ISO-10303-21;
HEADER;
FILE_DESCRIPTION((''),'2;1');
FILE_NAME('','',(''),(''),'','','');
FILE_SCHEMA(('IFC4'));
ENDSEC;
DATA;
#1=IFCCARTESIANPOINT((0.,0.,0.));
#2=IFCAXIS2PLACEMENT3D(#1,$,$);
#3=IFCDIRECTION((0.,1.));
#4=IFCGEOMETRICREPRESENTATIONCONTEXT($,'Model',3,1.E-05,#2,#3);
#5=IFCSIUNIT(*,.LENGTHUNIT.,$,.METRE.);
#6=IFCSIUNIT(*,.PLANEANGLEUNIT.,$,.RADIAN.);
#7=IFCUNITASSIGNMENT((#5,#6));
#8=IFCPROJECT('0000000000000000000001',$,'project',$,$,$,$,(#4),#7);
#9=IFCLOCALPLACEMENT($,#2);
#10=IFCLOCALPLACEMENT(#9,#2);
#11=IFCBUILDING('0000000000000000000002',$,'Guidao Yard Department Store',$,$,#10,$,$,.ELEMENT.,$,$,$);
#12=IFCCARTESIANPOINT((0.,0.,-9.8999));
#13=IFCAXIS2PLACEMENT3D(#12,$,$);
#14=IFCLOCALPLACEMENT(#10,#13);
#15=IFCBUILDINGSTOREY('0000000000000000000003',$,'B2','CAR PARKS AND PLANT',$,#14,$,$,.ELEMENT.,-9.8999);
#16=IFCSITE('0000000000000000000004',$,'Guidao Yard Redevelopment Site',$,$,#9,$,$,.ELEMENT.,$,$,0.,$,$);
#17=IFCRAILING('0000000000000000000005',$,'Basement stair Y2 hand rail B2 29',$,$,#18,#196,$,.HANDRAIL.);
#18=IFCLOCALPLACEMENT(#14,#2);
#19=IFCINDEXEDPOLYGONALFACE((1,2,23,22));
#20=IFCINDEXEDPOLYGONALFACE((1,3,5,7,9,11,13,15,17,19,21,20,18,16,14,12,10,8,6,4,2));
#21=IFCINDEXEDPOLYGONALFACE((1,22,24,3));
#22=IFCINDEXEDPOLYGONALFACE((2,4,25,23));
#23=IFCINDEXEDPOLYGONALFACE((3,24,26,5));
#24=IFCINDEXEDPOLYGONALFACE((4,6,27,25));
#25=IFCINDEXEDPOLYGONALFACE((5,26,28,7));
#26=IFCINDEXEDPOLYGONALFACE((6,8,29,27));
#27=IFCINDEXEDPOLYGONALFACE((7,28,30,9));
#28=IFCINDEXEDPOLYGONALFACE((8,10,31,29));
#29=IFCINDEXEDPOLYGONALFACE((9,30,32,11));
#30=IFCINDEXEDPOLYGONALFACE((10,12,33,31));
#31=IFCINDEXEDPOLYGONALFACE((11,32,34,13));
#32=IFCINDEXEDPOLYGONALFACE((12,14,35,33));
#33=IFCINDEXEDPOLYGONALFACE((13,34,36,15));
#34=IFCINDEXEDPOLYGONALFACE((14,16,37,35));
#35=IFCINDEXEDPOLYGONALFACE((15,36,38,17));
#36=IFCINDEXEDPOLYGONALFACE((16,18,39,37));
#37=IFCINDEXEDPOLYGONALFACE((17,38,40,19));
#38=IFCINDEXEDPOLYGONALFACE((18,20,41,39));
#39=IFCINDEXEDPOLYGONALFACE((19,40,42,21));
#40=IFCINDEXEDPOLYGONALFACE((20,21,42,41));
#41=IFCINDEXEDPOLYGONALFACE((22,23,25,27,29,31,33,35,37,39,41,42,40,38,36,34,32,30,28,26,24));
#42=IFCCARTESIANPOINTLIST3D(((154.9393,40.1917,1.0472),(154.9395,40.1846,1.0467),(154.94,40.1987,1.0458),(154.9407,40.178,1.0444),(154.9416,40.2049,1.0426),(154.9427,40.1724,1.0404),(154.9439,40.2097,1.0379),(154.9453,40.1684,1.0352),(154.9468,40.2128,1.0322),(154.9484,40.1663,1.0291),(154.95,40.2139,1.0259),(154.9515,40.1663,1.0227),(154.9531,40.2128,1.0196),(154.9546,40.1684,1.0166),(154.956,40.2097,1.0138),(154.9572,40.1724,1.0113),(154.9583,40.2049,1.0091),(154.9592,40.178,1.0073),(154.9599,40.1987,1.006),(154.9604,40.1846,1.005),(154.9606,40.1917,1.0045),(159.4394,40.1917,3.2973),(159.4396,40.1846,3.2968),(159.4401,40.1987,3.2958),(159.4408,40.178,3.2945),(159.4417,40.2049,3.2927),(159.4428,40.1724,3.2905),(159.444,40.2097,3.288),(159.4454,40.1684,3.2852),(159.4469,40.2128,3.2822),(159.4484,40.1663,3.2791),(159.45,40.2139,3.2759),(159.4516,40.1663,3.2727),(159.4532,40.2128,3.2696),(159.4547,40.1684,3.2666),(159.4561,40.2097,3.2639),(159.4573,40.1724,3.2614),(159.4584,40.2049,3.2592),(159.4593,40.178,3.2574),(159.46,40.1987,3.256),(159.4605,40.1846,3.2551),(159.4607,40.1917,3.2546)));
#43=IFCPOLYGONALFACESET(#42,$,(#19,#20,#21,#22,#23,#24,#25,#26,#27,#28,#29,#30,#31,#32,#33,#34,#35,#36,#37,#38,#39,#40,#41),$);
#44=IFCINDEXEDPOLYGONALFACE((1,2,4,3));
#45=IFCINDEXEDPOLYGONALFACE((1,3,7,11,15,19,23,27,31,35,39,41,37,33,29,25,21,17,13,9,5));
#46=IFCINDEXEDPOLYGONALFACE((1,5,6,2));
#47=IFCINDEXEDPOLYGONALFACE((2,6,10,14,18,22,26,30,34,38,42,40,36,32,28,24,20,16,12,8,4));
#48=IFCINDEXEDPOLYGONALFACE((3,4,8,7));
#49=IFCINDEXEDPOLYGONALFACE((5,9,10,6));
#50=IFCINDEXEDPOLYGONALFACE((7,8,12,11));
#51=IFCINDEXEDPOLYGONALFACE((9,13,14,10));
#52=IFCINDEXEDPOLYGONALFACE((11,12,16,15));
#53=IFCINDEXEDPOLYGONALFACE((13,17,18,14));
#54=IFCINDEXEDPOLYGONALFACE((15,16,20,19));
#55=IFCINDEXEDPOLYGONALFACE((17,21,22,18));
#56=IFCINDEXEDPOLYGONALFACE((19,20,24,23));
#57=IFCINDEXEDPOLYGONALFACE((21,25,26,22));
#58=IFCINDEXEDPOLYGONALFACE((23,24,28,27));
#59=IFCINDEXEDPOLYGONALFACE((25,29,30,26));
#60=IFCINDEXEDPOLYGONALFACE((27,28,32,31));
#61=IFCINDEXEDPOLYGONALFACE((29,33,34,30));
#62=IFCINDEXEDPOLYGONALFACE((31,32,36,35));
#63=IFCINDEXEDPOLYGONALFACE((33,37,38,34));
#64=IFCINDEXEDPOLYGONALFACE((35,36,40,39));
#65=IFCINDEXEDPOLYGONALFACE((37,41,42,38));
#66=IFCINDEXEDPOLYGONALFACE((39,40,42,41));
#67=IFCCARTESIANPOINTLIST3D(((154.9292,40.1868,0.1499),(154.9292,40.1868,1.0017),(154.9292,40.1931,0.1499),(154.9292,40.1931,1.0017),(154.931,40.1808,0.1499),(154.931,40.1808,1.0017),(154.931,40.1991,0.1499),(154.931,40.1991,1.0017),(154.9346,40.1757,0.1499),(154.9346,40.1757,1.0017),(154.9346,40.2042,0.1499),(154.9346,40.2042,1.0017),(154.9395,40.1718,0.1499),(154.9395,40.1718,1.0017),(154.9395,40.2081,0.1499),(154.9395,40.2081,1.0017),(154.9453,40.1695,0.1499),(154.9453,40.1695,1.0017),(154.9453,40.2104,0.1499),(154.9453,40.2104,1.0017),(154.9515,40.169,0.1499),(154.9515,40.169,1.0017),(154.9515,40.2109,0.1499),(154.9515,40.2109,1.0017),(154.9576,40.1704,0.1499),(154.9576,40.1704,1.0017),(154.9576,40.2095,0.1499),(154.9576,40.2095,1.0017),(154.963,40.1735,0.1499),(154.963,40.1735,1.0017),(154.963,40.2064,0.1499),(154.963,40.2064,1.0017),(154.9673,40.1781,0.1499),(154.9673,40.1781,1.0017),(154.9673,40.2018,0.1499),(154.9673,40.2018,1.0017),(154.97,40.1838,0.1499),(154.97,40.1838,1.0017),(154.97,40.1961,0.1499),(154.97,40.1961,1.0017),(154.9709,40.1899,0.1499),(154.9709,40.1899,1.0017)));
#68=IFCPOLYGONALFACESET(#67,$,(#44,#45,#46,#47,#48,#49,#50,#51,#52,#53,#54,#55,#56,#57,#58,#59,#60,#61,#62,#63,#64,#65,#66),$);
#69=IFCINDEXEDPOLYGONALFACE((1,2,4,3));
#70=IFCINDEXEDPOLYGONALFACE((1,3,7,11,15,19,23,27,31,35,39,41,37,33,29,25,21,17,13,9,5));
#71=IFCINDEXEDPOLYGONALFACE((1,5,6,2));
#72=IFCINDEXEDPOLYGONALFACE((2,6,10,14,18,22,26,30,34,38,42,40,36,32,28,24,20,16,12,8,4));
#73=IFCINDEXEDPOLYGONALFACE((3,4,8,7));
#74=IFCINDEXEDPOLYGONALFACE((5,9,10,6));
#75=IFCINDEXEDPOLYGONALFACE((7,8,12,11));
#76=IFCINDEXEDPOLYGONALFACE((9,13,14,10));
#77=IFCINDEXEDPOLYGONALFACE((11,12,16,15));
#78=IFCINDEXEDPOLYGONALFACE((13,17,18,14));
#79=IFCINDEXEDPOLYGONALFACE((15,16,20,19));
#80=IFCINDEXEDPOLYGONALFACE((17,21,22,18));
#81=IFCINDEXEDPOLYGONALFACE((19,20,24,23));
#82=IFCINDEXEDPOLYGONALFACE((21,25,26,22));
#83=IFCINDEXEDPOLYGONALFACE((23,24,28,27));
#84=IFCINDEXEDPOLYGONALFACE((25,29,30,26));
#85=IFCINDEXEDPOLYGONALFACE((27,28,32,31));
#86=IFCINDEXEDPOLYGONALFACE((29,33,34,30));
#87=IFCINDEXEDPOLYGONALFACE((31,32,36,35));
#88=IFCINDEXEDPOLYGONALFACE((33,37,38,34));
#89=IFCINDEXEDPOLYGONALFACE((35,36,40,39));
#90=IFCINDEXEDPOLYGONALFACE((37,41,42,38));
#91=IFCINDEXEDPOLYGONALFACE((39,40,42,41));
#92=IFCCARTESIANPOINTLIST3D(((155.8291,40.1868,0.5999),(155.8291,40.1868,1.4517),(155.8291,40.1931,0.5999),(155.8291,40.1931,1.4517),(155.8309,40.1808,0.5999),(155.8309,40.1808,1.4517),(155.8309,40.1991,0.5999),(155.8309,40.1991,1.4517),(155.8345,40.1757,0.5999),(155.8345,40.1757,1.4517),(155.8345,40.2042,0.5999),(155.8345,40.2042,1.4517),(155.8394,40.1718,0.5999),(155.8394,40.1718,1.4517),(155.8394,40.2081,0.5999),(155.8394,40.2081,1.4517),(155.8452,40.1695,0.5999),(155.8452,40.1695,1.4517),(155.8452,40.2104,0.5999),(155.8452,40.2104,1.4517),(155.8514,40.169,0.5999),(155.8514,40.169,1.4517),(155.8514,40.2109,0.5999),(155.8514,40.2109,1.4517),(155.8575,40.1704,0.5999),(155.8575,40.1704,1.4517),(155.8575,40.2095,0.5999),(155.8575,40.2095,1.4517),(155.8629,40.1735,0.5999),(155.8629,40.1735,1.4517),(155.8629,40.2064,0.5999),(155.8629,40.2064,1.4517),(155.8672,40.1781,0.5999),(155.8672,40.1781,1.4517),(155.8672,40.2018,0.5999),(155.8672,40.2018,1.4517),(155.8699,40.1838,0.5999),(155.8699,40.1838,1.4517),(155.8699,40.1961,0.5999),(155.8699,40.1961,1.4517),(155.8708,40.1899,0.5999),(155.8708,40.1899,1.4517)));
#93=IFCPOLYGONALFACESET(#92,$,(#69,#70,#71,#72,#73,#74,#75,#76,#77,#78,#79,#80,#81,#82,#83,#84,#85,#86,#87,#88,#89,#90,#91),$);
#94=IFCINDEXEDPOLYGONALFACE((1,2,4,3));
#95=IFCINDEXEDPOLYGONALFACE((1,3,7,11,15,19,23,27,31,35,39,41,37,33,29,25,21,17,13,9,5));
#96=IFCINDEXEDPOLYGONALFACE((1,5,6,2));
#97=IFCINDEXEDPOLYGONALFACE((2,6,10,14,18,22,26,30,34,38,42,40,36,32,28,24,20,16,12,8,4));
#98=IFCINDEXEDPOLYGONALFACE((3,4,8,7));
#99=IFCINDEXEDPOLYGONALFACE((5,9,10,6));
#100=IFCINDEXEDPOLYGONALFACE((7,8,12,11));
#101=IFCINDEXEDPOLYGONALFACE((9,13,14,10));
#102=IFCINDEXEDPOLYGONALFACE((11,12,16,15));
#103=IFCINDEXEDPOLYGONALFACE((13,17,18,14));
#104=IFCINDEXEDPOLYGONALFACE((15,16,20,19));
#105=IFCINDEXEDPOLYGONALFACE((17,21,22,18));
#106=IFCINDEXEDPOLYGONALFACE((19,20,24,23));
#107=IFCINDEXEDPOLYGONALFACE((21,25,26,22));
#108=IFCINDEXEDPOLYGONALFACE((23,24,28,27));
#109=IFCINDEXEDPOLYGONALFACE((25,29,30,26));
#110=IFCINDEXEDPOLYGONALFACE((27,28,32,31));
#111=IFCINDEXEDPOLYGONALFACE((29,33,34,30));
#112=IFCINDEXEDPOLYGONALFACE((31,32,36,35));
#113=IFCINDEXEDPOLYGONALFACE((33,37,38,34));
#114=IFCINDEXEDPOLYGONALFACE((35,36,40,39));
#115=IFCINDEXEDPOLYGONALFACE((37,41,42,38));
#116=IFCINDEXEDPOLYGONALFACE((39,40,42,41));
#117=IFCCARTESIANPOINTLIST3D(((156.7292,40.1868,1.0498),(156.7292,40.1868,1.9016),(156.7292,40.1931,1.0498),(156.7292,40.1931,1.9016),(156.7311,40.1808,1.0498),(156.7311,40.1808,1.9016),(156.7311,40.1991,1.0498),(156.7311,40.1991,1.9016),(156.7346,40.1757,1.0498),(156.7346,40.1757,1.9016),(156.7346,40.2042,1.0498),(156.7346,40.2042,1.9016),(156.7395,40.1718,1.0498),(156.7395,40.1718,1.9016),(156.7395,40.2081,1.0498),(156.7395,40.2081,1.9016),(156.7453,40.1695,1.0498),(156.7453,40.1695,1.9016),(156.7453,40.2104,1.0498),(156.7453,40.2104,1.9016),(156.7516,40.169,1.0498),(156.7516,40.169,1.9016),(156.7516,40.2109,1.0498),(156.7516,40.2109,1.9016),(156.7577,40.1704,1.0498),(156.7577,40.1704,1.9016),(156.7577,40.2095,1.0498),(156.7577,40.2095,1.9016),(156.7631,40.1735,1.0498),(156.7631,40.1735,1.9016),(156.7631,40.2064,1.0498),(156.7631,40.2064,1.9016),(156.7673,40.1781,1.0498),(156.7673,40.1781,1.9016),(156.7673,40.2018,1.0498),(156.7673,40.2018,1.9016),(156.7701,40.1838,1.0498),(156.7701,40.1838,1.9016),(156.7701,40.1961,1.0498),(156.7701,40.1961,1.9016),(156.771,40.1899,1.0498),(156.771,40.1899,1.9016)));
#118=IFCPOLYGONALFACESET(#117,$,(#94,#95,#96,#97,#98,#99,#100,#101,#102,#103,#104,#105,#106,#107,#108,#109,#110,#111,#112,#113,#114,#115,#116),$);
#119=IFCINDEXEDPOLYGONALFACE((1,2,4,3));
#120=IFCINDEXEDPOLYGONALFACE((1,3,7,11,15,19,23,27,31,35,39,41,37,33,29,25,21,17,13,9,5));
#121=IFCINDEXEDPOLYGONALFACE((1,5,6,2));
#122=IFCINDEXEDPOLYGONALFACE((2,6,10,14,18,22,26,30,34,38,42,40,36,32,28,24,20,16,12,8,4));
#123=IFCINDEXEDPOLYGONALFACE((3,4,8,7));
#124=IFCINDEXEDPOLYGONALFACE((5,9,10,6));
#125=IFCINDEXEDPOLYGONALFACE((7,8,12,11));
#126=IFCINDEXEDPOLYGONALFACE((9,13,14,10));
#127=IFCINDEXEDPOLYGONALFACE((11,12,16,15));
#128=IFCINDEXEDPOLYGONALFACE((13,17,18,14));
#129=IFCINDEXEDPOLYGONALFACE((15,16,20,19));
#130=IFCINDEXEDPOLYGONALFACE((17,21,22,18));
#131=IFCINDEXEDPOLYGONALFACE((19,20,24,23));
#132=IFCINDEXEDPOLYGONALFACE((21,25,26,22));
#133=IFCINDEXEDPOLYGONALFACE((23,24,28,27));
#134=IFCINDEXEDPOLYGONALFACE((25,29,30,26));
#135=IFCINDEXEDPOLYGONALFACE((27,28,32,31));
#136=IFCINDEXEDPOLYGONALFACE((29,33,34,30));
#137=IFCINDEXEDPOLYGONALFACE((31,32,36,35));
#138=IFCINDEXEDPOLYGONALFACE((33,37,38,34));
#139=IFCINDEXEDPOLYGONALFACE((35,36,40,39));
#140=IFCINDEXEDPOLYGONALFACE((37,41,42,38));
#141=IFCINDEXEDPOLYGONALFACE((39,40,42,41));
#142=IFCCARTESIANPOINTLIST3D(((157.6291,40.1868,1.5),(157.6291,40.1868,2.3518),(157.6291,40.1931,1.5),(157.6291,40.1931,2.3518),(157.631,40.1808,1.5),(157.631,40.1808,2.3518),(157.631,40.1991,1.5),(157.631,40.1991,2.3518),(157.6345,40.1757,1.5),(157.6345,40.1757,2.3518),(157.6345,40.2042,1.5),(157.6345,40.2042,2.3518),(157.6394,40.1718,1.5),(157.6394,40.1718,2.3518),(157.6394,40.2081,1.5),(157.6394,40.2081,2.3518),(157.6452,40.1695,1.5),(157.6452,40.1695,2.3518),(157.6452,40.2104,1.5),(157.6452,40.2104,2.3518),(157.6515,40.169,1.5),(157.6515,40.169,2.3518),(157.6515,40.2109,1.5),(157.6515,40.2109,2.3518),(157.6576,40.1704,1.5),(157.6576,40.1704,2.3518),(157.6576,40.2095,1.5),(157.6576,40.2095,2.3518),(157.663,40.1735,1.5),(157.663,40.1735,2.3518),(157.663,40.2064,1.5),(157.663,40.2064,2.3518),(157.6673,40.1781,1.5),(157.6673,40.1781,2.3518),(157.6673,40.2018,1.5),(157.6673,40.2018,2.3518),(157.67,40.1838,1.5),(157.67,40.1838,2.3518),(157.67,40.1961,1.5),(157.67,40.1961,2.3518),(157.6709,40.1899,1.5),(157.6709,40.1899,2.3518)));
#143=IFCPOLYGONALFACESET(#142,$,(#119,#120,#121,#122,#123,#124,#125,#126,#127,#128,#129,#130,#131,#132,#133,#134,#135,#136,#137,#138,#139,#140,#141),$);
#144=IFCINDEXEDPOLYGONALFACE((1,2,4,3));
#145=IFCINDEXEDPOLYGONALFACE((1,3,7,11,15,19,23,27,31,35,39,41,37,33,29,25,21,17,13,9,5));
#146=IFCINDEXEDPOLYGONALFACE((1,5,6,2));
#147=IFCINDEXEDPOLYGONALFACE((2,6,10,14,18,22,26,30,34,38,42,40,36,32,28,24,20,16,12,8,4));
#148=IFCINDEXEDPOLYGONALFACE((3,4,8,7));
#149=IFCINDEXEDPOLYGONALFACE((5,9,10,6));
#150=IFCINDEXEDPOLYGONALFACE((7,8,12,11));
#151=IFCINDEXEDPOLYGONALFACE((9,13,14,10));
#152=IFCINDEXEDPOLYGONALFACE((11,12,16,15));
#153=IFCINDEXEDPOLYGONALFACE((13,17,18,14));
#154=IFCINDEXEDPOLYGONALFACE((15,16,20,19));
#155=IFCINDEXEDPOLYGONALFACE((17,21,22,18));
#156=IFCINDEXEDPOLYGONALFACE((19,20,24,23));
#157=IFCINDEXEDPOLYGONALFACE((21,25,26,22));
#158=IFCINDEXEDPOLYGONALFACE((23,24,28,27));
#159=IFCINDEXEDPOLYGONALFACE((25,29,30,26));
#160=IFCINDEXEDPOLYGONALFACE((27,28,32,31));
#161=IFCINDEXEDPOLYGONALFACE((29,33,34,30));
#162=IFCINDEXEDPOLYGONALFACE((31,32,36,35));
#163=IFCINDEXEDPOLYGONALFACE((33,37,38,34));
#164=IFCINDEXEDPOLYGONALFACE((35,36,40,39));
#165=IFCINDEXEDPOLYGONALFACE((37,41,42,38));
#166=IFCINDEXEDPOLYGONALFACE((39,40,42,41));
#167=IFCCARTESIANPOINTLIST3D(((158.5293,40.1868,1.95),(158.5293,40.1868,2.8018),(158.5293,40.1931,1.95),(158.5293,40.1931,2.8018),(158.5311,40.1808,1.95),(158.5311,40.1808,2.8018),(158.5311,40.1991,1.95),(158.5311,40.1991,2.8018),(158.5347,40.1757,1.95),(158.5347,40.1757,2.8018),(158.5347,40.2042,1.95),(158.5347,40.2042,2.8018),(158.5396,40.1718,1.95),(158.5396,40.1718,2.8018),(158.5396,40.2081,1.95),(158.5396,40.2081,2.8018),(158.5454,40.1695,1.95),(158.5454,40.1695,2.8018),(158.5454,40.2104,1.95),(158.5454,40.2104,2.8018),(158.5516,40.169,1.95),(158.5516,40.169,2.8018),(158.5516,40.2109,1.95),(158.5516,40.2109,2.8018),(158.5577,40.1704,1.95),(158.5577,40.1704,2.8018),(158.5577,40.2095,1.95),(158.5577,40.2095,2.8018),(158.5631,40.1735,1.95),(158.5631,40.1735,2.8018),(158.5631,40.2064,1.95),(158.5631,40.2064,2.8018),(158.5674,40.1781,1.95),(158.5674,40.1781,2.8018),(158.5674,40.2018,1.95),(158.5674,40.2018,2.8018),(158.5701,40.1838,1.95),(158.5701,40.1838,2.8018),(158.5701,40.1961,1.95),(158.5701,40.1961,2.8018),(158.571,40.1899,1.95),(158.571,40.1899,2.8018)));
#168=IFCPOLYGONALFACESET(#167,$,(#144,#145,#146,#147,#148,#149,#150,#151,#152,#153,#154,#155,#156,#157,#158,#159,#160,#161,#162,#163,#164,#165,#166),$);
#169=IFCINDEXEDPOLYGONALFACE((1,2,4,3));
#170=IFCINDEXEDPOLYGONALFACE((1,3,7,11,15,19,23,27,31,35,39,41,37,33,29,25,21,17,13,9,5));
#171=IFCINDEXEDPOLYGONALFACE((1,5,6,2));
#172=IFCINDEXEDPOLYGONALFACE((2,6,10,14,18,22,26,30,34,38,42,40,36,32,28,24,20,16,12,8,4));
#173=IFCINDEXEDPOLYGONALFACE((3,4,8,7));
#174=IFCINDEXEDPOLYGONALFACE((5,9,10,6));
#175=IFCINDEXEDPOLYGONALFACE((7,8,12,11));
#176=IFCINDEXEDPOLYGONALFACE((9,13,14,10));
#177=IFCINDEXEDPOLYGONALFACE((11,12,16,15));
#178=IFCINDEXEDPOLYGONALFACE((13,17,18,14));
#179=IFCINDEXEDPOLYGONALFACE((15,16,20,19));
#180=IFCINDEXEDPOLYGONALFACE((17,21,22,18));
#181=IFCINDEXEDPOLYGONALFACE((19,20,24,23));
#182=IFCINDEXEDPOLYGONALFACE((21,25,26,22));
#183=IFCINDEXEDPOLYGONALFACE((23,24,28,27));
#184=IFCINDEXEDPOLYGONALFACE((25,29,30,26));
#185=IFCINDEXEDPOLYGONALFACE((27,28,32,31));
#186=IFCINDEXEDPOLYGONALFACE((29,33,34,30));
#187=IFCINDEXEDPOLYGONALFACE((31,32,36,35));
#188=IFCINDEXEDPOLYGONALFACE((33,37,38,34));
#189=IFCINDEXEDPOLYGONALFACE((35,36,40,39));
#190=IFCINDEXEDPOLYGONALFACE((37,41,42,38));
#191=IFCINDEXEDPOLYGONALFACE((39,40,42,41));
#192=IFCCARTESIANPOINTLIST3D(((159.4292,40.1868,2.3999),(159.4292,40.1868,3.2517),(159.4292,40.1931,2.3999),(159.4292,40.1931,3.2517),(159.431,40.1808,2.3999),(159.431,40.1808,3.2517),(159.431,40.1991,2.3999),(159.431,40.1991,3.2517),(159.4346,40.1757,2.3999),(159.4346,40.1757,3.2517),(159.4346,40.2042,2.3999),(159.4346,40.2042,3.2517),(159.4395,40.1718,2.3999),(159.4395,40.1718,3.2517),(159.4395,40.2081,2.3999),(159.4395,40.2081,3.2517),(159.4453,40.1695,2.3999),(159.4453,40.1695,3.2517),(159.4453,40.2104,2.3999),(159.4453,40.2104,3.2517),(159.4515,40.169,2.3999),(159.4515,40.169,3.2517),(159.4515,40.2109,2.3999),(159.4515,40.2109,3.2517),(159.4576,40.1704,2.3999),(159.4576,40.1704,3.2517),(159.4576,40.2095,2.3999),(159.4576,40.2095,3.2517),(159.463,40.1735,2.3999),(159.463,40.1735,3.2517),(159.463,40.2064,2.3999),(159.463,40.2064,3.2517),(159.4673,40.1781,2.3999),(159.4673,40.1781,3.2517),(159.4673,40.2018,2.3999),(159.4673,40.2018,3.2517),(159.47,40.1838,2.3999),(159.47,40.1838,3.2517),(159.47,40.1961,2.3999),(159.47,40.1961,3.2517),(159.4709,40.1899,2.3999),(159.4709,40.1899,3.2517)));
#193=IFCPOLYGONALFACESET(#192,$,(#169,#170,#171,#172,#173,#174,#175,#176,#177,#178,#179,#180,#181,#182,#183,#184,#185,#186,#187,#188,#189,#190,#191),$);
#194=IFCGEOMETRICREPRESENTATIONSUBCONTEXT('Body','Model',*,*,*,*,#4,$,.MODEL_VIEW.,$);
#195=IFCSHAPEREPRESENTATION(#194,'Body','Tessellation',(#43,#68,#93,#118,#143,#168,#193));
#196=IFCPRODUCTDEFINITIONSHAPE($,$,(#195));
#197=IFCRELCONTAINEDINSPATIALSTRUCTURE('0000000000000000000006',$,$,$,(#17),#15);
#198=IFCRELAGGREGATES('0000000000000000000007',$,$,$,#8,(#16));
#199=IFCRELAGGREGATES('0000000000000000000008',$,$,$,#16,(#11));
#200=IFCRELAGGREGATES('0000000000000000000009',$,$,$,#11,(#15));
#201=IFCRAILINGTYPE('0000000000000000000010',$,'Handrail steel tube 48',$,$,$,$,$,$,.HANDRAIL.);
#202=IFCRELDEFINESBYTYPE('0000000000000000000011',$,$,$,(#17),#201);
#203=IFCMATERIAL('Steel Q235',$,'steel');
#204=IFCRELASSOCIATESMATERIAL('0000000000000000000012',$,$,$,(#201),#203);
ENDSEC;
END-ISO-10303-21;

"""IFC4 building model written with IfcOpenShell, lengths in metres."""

from ifc_helpers import new_model, si_unit, direction, frame, origin, origin_2d, place, context, subcontext, project, spatial, circle, extrude, material, type_object, element, save


model = new_model("IFC4")

# Units and contexts
model_context = context("Model", 3, precision=1e-05, world=origin(), true_north=direction((0.0, 1.0)))
body_context = subcontext(model_context, "Body", "Model", "MODEL_VIEW")
ifc_project = project(units=[si_unit("LENGTHUNIT", "METRE"), si_unit("PLANEANGLEUNIT", "RADIAN")], contexts=[model_context])

# Site, building, storey
site_placement = place(None, origin())
site = spatial("IfcSite", under=ifc_project, at=site_placement, Name="Guidao Yard Redevelopment Site", CompositionType="ELEMENT", RefElevation=0.0)
building_placement = place(site_placement, origin())
building = spatial("IfcBuilding", under=site, at=building_placement, Name="Guidao Yard Department Store", CompositionType="ELEMENT")
storey_placement = place(building_placement, frame((0.0, 0.0, -9.8999)))
storey = spatial("IfcBuildingStorey", under=building, at=storey_placement, Name="B2", Description="CAR PARKS AND PLANT", CompositionType="ELEMENT", Elevation=-9.8999)

# Railing
ifc_material_1 = material(Name="Steel Q235", Category="steel")
railing_type_1 = type_object("IfcRailingType", Name="Handrail steel tube 48", PredefinedType="HANDRAIL", material=ifc_material_1)
for number, where, name in (
    (1, (154.95, 40.1899, 0.1499), "Basement stair Y2 hand rail B2 29"),
):
    element("IfcRailing", number, at=place(storey_placement, frame(where)), inside=storey, type_object=railing_type_1, Name=name, PredefinedType="HANDRAIL", context=body_context, shape_type="SweptSolid", body=[
        extrude(circle(Radius=0.0239, at=origin_2d()), frame((0.0, 0.0, 0.876), z_axis=(0.894427, 0.0, 0.447214), x_axis=(0.0, 1.0, 0.0)), (0.0, 0.0, 1.0), 5.0312),
        extrude(circle(Radius=0.021, at=origin_2d()), origin(), (0.0, 0.0, 1.0), 0.8518),
        extrude(circle(Radius=0.021, at=origin_2d()), frame((0.8999, 0.0, 0.45)), (0.0, 0.0, 1.0), 0.8518),
        extrude(circle(Radius=0.021, at=origin_2d()), frame((1.8, 0.0, 0.8999)), (0.0, 0.0, 1.0), 0.8518),
        extrude(circle(Radius=0.021, at=origin_2d()), frame((2.7, 0.0, 1.3501)), (0.0, 0.0, 1.0), 0.8518),
        extrude(circle(Radius=0.021, at=origin_2d()), frame((3.6001, 0.0, 1.8)), (0.0, 0.0, 1.0), 0.8518),
        extrude(circle(Radius=0.021, at=origin_2d()), frame((4.5, 0.0, 2.25)), (0.0, 0.0, 1.0), 0.8518),
    ])

save(model, "model.ifc")
